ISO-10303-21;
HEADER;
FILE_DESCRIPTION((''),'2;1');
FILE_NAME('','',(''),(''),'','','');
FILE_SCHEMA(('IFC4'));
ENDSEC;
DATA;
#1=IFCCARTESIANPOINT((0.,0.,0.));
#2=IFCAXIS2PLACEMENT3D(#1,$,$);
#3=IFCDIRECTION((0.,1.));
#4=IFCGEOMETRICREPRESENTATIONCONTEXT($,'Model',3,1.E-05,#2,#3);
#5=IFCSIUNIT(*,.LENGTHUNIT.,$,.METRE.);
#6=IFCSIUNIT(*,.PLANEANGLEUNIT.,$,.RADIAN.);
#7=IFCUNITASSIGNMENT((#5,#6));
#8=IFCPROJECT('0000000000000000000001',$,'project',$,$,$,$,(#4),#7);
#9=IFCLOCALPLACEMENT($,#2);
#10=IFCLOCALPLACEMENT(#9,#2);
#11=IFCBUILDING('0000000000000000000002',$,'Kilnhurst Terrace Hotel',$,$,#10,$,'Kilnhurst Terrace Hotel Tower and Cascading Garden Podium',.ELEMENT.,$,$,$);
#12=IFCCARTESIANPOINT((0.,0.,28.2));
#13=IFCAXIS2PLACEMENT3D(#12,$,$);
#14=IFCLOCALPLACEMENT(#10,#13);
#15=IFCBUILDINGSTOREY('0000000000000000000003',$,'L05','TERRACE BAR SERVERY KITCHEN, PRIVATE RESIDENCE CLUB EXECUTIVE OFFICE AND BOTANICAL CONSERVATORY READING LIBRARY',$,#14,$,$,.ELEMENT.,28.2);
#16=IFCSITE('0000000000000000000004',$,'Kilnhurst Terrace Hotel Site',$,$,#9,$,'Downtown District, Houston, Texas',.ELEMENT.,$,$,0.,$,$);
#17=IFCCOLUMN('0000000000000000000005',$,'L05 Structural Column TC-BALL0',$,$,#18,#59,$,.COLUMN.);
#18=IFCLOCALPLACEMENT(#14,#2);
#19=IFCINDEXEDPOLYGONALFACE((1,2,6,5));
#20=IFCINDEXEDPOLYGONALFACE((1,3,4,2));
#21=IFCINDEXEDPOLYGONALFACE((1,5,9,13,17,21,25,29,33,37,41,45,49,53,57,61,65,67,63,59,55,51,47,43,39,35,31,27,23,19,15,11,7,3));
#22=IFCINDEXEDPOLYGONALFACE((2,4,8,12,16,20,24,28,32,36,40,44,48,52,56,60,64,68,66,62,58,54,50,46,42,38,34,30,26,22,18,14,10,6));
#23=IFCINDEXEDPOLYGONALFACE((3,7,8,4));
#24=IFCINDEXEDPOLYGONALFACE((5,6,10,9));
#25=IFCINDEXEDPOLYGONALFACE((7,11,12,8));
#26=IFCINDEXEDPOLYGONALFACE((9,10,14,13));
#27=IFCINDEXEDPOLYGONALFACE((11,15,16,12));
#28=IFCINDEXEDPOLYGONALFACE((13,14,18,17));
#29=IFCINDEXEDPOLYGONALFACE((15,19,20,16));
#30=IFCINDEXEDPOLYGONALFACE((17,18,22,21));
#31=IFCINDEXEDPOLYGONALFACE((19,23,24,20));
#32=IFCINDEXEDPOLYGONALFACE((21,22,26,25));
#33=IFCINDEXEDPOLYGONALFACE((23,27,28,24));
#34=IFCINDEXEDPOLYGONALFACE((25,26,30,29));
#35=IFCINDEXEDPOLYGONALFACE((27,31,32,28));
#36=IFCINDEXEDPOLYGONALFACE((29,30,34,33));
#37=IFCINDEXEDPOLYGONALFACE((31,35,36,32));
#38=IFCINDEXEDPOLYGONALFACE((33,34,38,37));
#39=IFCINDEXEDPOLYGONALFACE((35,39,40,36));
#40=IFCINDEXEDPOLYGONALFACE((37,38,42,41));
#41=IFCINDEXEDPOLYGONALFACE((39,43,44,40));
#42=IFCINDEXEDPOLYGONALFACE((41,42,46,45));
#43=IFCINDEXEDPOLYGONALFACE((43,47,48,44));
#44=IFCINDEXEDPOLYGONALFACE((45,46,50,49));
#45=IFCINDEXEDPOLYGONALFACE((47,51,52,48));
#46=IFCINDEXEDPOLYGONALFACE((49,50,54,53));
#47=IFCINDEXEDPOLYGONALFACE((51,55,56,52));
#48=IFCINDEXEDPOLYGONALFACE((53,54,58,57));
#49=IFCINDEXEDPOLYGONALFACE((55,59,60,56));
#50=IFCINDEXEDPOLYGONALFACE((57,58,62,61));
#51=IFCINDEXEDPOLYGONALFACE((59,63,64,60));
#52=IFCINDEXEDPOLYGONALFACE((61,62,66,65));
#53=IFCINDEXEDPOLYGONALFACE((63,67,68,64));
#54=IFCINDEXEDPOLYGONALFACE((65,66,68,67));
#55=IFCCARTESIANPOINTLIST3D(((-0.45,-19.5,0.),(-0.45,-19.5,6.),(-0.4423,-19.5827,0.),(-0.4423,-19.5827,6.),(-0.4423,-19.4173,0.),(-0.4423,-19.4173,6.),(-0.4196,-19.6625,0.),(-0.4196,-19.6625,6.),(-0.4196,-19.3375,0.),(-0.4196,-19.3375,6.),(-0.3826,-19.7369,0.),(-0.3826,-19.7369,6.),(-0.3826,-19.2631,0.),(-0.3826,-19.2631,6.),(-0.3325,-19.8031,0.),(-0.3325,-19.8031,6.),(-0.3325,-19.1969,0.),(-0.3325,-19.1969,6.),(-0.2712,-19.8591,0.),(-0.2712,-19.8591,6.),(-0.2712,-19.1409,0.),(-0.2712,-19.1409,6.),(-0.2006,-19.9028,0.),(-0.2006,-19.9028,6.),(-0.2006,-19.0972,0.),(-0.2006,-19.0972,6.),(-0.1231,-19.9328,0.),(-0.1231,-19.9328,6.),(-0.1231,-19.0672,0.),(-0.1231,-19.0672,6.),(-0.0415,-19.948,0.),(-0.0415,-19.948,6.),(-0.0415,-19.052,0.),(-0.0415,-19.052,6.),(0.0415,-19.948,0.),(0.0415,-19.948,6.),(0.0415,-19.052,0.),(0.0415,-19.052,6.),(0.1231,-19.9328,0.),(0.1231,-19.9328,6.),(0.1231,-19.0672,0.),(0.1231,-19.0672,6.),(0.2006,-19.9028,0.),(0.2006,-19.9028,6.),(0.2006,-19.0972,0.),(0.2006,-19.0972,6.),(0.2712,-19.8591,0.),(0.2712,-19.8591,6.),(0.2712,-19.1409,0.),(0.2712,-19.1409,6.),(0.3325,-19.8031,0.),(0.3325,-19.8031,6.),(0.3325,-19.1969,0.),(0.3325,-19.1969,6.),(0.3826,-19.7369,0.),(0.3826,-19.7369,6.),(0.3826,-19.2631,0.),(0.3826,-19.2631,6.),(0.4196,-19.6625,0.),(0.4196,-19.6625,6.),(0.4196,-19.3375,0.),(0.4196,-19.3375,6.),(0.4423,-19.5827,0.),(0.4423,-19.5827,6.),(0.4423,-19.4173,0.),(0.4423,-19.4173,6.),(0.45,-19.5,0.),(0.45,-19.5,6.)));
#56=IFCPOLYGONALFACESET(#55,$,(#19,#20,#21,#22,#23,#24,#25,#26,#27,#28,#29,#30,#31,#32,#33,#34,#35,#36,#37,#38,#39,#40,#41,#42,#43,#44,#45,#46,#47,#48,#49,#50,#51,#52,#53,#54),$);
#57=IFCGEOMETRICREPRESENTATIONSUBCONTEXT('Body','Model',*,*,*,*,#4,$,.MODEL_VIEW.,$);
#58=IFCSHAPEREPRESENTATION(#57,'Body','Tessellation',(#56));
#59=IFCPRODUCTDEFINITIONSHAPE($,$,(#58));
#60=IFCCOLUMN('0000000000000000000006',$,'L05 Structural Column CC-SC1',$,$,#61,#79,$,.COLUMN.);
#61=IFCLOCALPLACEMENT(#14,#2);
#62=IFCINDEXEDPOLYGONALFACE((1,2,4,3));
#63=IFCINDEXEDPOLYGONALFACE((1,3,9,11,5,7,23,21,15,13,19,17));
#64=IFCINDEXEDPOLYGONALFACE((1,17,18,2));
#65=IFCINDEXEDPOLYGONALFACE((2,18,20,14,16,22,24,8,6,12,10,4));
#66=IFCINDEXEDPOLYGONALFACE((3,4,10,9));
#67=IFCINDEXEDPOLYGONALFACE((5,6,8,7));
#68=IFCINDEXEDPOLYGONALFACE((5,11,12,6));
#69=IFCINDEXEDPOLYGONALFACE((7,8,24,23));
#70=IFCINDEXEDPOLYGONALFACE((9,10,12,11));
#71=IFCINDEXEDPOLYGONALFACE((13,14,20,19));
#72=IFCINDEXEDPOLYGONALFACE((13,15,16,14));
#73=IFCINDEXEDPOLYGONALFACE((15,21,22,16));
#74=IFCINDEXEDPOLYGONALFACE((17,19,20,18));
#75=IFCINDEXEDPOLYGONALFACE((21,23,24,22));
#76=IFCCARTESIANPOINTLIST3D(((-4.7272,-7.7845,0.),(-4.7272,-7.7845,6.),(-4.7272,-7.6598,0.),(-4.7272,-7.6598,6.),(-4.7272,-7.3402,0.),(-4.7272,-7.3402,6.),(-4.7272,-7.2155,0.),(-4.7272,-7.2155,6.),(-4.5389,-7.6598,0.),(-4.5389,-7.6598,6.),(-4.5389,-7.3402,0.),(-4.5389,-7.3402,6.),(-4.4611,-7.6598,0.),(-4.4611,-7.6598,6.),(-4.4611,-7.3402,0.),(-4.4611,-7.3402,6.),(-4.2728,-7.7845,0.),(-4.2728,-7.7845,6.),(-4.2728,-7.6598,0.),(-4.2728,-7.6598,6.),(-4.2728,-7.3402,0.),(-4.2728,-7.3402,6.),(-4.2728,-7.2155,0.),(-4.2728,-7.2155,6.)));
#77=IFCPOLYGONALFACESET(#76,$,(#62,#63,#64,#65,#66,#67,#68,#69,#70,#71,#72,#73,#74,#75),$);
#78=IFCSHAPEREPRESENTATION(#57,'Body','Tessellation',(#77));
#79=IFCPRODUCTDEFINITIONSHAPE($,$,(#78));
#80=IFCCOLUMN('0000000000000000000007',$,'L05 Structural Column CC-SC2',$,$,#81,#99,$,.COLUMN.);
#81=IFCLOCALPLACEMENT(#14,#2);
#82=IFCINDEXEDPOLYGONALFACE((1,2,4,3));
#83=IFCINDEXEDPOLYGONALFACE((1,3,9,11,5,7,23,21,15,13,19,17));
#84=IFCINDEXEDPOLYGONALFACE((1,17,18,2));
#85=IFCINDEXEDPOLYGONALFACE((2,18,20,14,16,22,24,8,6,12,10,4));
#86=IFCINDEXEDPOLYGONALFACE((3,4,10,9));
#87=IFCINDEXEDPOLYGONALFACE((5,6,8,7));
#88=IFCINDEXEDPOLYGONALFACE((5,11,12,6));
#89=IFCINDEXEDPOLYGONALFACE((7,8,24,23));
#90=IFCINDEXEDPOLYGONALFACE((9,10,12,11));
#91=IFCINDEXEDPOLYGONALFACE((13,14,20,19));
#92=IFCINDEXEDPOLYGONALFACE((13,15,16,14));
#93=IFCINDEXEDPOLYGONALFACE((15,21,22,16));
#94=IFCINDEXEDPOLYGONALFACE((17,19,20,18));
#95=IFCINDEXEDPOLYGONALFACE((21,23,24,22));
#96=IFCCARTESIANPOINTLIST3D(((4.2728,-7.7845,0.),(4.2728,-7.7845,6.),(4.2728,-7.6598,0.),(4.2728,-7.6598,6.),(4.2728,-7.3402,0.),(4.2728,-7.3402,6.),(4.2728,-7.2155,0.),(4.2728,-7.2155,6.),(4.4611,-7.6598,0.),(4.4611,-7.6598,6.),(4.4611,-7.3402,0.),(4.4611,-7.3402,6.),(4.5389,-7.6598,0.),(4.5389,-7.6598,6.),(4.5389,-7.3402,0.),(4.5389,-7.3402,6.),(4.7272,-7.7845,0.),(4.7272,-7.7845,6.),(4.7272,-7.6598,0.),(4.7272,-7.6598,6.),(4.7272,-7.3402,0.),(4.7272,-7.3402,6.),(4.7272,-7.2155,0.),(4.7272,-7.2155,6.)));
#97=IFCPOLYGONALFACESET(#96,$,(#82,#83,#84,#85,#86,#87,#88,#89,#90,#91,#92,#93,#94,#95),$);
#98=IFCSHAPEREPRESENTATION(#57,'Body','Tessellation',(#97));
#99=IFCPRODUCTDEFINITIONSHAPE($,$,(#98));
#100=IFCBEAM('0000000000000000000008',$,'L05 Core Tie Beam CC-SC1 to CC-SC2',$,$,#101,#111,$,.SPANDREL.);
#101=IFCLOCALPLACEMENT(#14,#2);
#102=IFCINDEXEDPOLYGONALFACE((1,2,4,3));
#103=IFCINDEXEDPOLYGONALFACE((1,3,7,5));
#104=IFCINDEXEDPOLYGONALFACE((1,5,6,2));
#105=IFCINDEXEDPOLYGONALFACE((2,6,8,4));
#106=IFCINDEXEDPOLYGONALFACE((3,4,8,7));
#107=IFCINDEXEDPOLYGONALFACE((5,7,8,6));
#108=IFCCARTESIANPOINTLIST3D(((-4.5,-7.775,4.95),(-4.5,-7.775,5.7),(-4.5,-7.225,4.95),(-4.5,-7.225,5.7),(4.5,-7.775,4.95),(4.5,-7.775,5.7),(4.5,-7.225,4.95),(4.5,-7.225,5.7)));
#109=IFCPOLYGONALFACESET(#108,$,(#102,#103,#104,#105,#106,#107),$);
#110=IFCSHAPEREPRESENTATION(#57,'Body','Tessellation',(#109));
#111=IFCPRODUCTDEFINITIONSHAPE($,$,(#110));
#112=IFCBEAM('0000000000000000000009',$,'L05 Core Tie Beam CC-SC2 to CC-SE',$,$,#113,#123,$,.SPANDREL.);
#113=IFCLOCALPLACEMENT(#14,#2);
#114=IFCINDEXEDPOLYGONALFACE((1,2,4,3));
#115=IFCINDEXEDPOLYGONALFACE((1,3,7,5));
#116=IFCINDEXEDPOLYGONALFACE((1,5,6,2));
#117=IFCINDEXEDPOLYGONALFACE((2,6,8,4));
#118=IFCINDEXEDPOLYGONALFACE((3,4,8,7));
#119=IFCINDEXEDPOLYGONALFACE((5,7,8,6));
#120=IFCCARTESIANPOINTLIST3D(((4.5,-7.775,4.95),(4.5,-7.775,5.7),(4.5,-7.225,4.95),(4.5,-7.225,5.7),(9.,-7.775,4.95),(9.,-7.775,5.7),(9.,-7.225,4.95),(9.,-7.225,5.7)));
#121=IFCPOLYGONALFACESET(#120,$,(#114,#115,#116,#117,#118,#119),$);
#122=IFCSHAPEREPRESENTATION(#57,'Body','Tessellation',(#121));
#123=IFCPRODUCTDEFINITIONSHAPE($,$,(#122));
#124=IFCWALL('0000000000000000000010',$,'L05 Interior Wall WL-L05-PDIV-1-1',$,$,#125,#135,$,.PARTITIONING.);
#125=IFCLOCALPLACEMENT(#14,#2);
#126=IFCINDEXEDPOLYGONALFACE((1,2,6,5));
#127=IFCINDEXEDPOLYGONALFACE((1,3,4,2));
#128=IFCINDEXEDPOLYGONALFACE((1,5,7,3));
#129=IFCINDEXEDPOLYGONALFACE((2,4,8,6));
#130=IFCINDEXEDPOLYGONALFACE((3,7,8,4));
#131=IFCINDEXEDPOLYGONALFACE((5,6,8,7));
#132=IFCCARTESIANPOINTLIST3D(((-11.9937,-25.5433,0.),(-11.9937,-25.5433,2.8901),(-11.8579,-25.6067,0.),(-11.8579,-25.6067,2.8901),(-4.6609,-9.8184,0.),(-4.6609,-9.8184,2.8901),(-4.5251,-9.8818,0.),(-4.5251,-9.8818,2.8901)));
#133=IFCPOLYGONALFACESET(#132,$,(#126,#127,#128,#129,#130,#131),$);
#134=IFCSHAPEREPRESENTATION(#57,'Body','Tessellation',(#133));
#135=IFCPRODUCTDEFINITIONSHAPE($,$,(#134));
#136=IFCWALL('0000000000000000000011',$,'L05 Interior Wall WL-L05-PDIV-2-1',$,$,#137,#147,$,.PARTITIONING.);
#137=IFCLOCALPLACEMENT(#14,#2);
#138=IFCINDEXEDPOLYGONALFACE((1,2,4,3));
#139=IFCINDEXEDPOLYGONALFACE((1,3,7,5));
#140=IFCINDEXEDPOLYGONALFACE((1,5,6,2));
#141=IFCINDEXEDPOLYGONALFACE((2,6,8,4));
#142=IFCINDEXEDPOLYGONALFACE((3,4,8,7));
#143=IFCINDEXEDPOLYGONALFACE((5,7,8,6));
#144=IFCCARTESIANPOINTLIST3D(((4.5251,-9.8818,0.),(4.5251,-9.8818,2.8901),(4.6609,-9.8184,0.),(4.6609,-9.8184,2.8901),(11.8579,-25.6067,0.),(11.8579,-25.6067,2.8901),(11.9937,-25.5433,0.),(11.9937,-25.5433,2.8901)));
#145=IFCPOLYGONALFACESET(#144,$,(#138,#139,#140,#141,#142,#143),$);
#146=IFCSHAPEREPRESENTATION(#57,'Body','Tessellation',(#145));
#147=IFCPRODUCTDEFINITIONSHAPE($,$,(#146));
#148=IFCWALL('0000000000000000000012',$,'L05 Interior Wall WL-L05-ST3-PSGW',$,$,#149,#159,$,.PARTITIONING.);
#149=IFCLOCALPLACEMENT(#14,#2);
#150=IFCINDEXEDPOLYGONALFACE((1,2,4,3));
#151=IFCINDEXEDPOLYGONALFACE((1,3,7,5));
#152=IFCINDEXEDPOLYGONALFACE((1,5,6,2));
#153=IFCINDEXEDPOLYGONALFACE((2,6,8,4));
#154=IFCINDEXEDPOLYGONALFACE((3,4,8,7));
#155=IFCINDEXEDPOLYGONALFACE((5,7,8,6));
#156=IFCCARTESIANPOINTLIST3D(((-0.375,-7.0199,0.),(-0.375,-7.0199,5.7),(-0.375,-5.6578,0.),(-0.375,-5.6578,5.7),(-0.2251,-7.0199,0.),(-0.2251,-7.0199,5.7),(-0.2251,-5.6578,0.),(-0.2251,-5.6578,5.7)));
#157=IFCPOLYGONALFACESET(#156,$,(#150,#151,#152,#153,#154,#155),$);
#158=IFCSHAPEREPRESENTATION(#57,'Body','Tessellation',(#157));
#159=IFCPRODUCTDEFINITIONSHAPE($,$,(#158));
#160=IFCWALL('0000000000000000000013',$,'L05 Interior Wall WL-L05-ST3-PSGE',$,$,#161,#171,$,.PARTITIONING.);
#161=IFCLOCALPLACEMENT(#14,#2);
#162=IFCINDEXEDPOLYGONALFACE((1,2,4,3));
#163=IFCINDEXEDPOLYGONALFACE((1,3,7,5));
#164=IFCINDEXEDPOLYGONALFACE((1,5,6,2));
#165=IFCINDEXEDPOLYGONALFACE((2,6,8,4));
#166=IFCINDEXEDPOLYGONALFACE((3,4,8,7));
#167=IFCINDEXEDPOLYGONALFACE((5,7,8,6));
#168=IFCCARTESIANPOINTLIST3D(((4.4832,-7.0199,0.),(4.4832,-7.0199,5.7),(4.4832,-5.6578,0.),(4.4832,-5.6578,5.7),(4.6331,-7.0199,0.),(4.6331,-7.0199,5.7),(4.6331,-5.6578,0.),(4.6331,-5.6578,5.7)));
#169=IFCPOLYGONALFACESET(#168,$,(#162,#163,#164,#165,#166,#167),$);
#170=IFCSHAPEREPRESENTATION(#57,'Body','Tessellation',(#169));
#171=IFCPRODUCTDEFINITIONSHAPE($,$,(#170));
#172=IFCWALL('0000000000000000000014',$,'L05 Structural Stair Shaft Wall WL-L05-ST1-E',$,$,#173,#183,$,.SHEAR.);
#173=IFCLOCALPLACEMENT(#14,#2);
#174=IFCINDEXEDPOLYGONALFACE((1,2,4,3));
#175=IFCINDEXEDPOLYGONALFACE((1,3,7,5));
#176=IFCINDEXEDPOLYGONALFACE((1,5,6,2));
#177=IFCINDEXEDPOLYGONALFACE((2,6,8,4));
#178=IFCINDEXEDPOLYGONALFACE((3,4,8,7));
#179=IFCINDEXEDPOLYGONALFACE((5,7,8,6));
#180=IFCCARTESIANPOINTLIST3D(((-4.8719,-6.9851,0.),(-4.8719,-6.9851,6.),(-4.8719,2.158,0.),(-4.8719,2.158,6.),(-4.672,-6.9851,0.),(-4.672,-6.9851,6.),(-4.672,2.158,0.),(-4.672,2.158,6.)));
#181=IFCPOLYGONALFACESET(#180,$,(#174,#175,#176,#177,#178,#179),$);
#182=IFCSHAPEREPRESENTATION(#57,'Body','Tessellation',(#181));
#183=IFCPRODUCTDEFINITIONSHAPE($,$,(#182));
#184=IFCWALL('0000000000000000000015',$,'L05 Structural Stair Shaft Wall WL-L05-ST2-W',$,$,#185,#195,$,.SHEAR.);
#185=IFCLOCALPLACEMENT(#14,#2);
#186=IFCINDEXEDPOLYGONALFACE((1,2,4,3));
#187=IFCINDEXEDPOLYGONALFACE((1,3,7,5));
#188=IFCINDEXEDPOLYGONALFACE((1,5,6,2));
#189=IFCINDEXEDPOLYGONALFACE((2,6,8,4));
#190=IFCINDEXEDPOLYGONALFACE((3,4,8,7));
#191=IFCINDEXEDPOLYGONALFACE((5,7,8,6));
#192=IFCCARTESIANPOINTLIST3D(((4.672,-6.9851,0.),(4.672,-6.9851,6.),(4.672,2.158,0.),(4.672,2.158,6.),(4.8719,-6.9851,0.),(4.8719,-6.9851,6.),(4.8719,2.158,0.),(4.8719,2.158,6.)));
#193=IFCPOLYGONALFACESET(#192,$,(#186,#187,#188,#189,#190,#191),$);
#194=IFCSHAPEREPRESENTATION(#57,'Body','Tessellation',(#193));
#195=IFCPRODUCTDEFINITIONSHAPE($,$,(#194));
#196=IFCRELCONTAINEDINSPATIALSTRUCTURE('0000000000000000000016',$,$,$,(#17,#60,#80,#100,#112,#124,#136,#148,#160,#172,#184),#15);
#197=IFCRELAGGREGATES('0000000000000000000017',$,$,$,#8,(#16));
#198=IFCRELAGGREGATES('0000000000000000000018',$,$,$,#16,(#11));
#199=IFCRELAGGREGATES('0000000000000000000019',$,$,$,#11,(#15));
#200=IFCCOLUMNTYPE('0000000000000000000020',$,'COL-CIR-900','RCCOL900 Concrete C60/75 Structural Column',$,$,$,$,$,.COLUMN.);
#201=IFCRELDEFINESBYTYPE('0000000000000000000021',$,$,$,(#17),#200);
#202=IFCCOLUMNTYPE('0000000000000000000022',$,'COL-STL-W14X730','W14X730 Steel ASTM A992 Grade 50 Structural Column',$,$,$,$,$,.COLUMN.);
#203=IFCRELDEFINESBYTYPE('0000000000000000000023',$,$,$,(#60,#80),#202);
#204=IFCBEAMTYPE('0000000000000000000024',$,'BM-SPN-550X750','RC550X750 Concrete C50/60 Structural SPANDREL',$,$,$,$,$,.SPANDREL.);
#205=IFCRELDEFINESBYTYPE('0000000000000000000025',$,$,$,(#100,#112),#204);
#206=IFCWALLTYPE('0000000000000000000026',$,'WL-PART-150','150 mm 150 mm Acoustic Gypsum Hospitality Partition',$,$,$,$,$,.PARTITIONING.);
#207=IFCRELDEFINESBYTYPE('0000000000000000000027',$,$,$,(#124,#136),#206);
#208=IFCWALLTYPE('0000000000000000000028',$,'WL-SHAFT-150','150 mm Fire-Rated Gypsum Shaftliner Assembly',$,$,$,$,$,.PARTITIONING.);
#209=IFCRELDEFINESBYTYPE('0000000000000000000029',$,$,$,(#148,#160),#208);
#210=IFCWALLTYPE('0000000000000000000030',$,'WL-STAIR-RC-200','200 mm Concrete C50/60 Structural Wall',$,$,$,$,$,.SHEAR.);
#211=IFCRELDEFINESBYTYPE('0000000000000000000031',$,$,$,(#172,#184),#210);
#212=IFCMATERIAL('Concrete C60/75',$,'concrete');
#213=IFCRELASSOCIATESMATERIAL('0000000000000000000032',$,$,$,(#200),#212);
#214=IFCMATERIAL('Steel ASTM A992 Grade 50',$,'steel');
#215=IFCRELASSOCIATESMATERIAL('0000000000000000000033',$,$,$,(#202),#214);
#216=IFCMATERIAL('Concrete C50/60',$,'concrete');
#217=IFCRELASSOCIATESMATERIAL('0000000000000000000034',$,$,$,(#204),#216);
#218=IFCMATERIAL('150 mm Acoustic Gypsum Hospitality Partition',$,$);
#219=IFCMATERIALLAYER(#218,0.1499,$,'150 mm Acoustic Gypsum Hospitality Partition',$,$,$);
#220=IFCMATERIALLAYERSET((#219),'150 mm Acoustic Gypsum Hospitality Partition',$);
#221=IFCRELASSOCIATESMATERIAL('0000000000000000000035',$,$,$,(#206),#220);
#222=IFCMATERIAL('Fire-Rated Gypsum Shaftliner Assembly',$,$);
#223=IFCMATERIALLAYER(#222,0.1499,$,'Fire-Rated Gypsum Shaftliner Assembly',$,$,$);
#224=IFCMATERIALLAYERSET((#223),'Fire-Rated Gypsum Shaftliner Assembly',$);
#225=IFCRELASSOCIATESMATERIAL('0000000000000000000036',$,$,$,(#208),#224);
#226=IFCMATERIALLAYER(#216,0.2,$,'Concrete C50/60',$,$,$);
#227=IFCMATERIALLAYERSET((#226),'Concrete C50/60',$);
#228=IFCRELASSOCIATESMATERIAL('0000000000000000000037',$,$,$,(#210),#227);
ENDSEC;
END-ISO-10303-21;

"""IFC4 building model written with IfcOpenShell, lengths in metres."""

from ifc_helpers import new_model, si_unit, direction, frame, frame_2d, origin, origin_2d, place, context, subcontext, project, spatial, rectangle, circle, i_section, extrude, material, layer, layer_set, material_profile, profile_set, type_object, element, save


model = new_model("IFC4")

# Units and contexts
model_context = context("Model", 3, precision=1e-05, world=origin(), true_north=direction((0.0, 1.0)))
body_context = subcontext(model_context, "Body", "Model", "MODEL_VIEW")
ifc_project = project(units=[si_unit("LENGTHUNIT", "METRE"), si_unit("PLANEANGLEUNIT", "RADIAN")], contexts=[model_context])

# Site, building, storey
site_placement = place(None, origin())
site = spatial("IfcSite", under=ifc_project, at=site_placement, Name="Kilnhurst Terrace Hotel Site", LongName="Downtown District, Houston, Texas", CompositionType="ELEMENT", RefElevation=0.0)
building_placement = place(site_placement, origin())
building = spatial("IfcBuilding", under=site, at=building_placement, Name="Kilnhurst Terrace Hotel", LongName="Kilnhurst Terrace Hotel Tower and Cascading Garden Podium", CompositionType="ELEMENT")
storey_placement = place(building_placement, frame((0.0, 0.0, 28.2)))
storey = spatial("IfcBuildingStorey", under=building, at=storey_placement, Name="L05", Description="TERRACE BAR SERVERY KITCHEN, PRIVATE RESIDENCE CLUB EXECUTIVE OFFICE AND BOTANICAL CONSERVATORY READING LIBRARY", CompositionType="ELEMENT", Elevation=28.2)

# Columns
ifc_material_1 = material(Name="Concrete C60/75", Category="concrete")
ifc_material_profile_1 = material_profile(ifc_material_1, circle(Radius=0.45, at=origin_2d()), Name="RCCOL900")
ifc_profile_set_1 = profile_set([ifc_material_profile_1], Name="Concrete C60/75")
column_type_1 = type_object("IfcColumnType", Name="COL-CIR-900", Description="RCCOL900 Concrete C60/75 Structural Column", PredefinedType="COLUMN", material=ifc_profile_set_1)
column_placement = place(storey_placement, frame((0.0, -19.5, 0.0), z_axis=(0.0, 0.0, 1.0), x_axis=(1.0, 0.0, 0.0)))
element("IfcColumn", 1, at=column_placement, inside=storey, type_object=column_type_1, Name="L05 Structural Column TC-BALL0", PredefinedType="COLUMN", context=body_context, shape_type="SweptSolid", body=[
    extrude(circle(Radius=0.45, at=origin_2d()), origin(), (0.0, 0.0, 1.0), 6.0),
])
ifc_material_2 = material(Name="Steel ASTM A992 Grade 50", Category="steel")
ifc_material_profile_2 = material_profile(ifc_material_2, i_section(OverallWidth=0.4543, OverallDepth=0.5691, WebThickness=0.0779, FlangeThickness=0.1248, at=origin_2d()), Name="W14X730")
ifc_profile_set_2 = profile_set([ifc_material_profile_2], Name="Steel ASTM A992 Grade 50")
column_type_2 = type_object("IfcColumnType", Name="COL-STL-W14X730", Description="W14X730 Steel ASTM A992 Grade 50 Structural Column", PredefinedType="COLUMN", material=ifc_profile_set_2)
for number, where, z_axis, x_axis, name in (
    (2, (-4.5, -7.5, 0.0), (0.0, 0.0, 1.0), (1.0, 0.0, 0.0), "L05 Structural Column CC-SC1"),
    (3, (4.5, -7.5, 0.0), (0.0, 0.0, 1.0), (1.0, 0.0, 0.0), "L05 Structural Column CC-SC2"),
):
    element("IfcColumn", number, at=place(storey_placement, frame(where, z_axis=z_axis, x_axis=x_axis)), inside=storey, type_object=column_type_2, Name=name, PredefinedType="COLUMN", context=body_context, shape_type="SweptSolid", body=[
        extrude(i_section(OverallWidth=0.4543, OverallDepth=0.5691, WebThickness=0.0779, FlangeThickness=0.1248, at=origin_2d()), origin(), (0.0, 0.0, 1.0), 6.0),
    ])

# Beams
ifc_material_3 = material(Name="Concrete C50/60", Category="concrete")
ifc_material_profile_3 = material_profile(ifc_material_3, rectangle(XDim=0.55, YDim=0.75, at=origin_2d()), Name="RC550X750")
ifc_profile_set_3 = profile_set([ifc_material_profile_3], Name="Concrete C50/60")
beam_type = type_object("IfcBeamType", Name="BM-SPN-550X750", Description="RC550X750 Concrete C50/60 Structural SPANDREL", PredefinedType="SPANDREL", material=ifc_profile_set_3)
beam_1_placement = place(storey_placement, frame((-4.5, -7.5, 5.325), z_axis=(1.0, 0.0, 0.0), x_axis=(0.0, 1.0, 0.0)))
element("IfcBeam", 4, at=beam_1_placement, inside=storey, type_object=beam_type, Name="L05 Core Tie Beam CC-SC1 to CC-SC2", PredefinedType="SPANDREL", context=body_context, shape_type="SweptSolid", body=[
    extrude(rectangle(XDim=0.55, YDim=0.75, at=origin_2d()), origin(), (0.0, 0.0, 1.0), 9.0),
])
beam_2_placement = place(storey_placement, frame((4.5, -7.5, 5.325), z_axis=(1.0, 0.0, 0.0), x_axis=(0.0, 1.0, 0.0)))
element("IfcBeam", 5, at=beam_2_placement, inside=storey, type_object=beam_type, Name="L05 Core Tie Beam CC-SC2 to CC-SE", PredefinedType="SPANDREL", context=body_context, shape_type="SweptSolid", body=[
    extrude(rectangle(XDim=0.55, YDim=0.75, at=origin_2d()), origin(), (0.0, 0.0, 1.0), 4.5),
])

# Walls
ifc_material_4 = material(Name="150 mm Acoustic Gypsum Hospitality Partition")
ifc_layer_1 = layer(ifc_material_4, 0.1499, Name="150 mm Acoustic Gypsum Hospitality Partition")
ifc_layer_set_1 = layer_set([ifc_layer_1], Name="150 mm Acoustic Gypsum Hospitality Partition")
wall_type_1 = type_object("IfcWallType", Name="WL-PART-150", Description="150 mm 150 mm Acoustic Gypsum Hospitality Partition", PredefinedType="PARTITIONING", material=ifc_layer_set_1)
for number, where, z_axis, x_axis, name in (
    (6, (-4.593, -9.8501, 0.0), (0.0, 0.0, 1.0), (-0.422625, -0.906305, 0.0), "L05 Interior Wall WL-L05-PDIV-1-1"),
    (7, (4.593, -9.8501, 0.0), (0.0, 0.0, 1.0), (0.422625, -0.906305, 0.0), "L05 Interior Wall WL-L05-PDIV-2-1"),
):
    element("IfcWall", number, at=place(storey_placement, frame(where, z_axis=z_axis, x_axis=x_axis)), inside=storey, type_object=wall_type_1, Name=name, PredefinedType="PARTITIONING", context=body_context, shape_type="SweptSolid", body=[
        extrude(rectangle(XDim=17.3506, YDim=0.1499, at=frame_2d((8.6753, 0.0))), origin(), (0.0, 0.0, 1.0), 2.8901),
    ])
ifc_material_5 = material(Name="Fire-Rated Gypsum Shaftliner Assembly")
ifc_layer_2 = layer(ifc_material_5, 0.1499, Name="Fire-Rated Gypsum Shaftliner Assembly")
ifc_layer_set_2 = layer_set([ifc_layer_2], Name="Fire-Rated Gypsum Shaftliner Assembly")
wall_type_2 = type_object("IfcWallType", Name="WL-SHAFT-150", Description="150 mm Fire-Rated Gypsum Shaftliner Assembly", PredefinedType="PARTITIONING", material=ifc_layer_set_2)
for number, where, z_axis, x_axis, name in (
    (8, (-0.3, -7.02, 0.0), (0.0, 0.0, 1.0), (0.0, 1.0, 0.0), "L05 Interior Wall WL-L05-ST3-PSGW"),
    (9, (4.5581, -7.02, 0.0), (0.0, 0.0, 1.0), (0.0, 1.0, 0.0), "L05 Interior Wall WL-L05-ST3-PSGE"),
):
    element("IfcWall", number, at=place(storey_placement, frame(where, z_axis=z_axis, x_axis=x_axis)), inside=storey, type_object=wall_type_2, Name=name, PredefinedType="PARTITIONING", context=body_context, shape_type="SweptSolid", body=[
        extrude(rectangle(XDim=1.3621, YDim=0.1499, at=frame_2d((0.6812, 0.0))), origin(), (0.0, 0.0, 1.0), 5.7),
    ])
ifc_layer_3 = layer(ifc_material_3, 0.2, Name="Concrete C50/60")
ifc_layer_set_3 = layer_set([ifc_layer_3], Name="Concrete C50/60")
wall_type_3 = type_object("IfcWallType", Name="WL-STAIR-RC-200", Description="200 mm Concrete C50/60 Structural Wall", PredefinedType="SHEAR", material=ifc_layer_set_3)
for number, where, z_axis, x_axis, name in (
    (10, (-4.772, -6.9851, 0.0), (0.0, 0.0, 1.0), (0.0, 1.0, 0.0), "L05 Structural Stair Shaft Wall WL-L05-ST1-E"),
    (11, (4.772, -6.9851, 0.0), (0.0, 0.0, 1.0), (0.0, 1.0, 0.0), "L05 Structural Stair Shaft Wall WL-L05-ST2-W"),
):
    element("IfcWall", number, at=place(storey_placement, frame(where, z_axis=z_axis, x_axis=x_axis)), inside=storey, type_object=wall_type_3, Name=name, PredefinedType="SHEAR", context=body_context, shape_type="SweptSolid", body=[
        extrude(rectangle(XDim=9.1431, YDim=0.2, at=frame_2d((4.5715, 0.0))), origin(), (0.0, 0.0, 1.0), 6.0),
    ])

save(model, "model.ifc")
